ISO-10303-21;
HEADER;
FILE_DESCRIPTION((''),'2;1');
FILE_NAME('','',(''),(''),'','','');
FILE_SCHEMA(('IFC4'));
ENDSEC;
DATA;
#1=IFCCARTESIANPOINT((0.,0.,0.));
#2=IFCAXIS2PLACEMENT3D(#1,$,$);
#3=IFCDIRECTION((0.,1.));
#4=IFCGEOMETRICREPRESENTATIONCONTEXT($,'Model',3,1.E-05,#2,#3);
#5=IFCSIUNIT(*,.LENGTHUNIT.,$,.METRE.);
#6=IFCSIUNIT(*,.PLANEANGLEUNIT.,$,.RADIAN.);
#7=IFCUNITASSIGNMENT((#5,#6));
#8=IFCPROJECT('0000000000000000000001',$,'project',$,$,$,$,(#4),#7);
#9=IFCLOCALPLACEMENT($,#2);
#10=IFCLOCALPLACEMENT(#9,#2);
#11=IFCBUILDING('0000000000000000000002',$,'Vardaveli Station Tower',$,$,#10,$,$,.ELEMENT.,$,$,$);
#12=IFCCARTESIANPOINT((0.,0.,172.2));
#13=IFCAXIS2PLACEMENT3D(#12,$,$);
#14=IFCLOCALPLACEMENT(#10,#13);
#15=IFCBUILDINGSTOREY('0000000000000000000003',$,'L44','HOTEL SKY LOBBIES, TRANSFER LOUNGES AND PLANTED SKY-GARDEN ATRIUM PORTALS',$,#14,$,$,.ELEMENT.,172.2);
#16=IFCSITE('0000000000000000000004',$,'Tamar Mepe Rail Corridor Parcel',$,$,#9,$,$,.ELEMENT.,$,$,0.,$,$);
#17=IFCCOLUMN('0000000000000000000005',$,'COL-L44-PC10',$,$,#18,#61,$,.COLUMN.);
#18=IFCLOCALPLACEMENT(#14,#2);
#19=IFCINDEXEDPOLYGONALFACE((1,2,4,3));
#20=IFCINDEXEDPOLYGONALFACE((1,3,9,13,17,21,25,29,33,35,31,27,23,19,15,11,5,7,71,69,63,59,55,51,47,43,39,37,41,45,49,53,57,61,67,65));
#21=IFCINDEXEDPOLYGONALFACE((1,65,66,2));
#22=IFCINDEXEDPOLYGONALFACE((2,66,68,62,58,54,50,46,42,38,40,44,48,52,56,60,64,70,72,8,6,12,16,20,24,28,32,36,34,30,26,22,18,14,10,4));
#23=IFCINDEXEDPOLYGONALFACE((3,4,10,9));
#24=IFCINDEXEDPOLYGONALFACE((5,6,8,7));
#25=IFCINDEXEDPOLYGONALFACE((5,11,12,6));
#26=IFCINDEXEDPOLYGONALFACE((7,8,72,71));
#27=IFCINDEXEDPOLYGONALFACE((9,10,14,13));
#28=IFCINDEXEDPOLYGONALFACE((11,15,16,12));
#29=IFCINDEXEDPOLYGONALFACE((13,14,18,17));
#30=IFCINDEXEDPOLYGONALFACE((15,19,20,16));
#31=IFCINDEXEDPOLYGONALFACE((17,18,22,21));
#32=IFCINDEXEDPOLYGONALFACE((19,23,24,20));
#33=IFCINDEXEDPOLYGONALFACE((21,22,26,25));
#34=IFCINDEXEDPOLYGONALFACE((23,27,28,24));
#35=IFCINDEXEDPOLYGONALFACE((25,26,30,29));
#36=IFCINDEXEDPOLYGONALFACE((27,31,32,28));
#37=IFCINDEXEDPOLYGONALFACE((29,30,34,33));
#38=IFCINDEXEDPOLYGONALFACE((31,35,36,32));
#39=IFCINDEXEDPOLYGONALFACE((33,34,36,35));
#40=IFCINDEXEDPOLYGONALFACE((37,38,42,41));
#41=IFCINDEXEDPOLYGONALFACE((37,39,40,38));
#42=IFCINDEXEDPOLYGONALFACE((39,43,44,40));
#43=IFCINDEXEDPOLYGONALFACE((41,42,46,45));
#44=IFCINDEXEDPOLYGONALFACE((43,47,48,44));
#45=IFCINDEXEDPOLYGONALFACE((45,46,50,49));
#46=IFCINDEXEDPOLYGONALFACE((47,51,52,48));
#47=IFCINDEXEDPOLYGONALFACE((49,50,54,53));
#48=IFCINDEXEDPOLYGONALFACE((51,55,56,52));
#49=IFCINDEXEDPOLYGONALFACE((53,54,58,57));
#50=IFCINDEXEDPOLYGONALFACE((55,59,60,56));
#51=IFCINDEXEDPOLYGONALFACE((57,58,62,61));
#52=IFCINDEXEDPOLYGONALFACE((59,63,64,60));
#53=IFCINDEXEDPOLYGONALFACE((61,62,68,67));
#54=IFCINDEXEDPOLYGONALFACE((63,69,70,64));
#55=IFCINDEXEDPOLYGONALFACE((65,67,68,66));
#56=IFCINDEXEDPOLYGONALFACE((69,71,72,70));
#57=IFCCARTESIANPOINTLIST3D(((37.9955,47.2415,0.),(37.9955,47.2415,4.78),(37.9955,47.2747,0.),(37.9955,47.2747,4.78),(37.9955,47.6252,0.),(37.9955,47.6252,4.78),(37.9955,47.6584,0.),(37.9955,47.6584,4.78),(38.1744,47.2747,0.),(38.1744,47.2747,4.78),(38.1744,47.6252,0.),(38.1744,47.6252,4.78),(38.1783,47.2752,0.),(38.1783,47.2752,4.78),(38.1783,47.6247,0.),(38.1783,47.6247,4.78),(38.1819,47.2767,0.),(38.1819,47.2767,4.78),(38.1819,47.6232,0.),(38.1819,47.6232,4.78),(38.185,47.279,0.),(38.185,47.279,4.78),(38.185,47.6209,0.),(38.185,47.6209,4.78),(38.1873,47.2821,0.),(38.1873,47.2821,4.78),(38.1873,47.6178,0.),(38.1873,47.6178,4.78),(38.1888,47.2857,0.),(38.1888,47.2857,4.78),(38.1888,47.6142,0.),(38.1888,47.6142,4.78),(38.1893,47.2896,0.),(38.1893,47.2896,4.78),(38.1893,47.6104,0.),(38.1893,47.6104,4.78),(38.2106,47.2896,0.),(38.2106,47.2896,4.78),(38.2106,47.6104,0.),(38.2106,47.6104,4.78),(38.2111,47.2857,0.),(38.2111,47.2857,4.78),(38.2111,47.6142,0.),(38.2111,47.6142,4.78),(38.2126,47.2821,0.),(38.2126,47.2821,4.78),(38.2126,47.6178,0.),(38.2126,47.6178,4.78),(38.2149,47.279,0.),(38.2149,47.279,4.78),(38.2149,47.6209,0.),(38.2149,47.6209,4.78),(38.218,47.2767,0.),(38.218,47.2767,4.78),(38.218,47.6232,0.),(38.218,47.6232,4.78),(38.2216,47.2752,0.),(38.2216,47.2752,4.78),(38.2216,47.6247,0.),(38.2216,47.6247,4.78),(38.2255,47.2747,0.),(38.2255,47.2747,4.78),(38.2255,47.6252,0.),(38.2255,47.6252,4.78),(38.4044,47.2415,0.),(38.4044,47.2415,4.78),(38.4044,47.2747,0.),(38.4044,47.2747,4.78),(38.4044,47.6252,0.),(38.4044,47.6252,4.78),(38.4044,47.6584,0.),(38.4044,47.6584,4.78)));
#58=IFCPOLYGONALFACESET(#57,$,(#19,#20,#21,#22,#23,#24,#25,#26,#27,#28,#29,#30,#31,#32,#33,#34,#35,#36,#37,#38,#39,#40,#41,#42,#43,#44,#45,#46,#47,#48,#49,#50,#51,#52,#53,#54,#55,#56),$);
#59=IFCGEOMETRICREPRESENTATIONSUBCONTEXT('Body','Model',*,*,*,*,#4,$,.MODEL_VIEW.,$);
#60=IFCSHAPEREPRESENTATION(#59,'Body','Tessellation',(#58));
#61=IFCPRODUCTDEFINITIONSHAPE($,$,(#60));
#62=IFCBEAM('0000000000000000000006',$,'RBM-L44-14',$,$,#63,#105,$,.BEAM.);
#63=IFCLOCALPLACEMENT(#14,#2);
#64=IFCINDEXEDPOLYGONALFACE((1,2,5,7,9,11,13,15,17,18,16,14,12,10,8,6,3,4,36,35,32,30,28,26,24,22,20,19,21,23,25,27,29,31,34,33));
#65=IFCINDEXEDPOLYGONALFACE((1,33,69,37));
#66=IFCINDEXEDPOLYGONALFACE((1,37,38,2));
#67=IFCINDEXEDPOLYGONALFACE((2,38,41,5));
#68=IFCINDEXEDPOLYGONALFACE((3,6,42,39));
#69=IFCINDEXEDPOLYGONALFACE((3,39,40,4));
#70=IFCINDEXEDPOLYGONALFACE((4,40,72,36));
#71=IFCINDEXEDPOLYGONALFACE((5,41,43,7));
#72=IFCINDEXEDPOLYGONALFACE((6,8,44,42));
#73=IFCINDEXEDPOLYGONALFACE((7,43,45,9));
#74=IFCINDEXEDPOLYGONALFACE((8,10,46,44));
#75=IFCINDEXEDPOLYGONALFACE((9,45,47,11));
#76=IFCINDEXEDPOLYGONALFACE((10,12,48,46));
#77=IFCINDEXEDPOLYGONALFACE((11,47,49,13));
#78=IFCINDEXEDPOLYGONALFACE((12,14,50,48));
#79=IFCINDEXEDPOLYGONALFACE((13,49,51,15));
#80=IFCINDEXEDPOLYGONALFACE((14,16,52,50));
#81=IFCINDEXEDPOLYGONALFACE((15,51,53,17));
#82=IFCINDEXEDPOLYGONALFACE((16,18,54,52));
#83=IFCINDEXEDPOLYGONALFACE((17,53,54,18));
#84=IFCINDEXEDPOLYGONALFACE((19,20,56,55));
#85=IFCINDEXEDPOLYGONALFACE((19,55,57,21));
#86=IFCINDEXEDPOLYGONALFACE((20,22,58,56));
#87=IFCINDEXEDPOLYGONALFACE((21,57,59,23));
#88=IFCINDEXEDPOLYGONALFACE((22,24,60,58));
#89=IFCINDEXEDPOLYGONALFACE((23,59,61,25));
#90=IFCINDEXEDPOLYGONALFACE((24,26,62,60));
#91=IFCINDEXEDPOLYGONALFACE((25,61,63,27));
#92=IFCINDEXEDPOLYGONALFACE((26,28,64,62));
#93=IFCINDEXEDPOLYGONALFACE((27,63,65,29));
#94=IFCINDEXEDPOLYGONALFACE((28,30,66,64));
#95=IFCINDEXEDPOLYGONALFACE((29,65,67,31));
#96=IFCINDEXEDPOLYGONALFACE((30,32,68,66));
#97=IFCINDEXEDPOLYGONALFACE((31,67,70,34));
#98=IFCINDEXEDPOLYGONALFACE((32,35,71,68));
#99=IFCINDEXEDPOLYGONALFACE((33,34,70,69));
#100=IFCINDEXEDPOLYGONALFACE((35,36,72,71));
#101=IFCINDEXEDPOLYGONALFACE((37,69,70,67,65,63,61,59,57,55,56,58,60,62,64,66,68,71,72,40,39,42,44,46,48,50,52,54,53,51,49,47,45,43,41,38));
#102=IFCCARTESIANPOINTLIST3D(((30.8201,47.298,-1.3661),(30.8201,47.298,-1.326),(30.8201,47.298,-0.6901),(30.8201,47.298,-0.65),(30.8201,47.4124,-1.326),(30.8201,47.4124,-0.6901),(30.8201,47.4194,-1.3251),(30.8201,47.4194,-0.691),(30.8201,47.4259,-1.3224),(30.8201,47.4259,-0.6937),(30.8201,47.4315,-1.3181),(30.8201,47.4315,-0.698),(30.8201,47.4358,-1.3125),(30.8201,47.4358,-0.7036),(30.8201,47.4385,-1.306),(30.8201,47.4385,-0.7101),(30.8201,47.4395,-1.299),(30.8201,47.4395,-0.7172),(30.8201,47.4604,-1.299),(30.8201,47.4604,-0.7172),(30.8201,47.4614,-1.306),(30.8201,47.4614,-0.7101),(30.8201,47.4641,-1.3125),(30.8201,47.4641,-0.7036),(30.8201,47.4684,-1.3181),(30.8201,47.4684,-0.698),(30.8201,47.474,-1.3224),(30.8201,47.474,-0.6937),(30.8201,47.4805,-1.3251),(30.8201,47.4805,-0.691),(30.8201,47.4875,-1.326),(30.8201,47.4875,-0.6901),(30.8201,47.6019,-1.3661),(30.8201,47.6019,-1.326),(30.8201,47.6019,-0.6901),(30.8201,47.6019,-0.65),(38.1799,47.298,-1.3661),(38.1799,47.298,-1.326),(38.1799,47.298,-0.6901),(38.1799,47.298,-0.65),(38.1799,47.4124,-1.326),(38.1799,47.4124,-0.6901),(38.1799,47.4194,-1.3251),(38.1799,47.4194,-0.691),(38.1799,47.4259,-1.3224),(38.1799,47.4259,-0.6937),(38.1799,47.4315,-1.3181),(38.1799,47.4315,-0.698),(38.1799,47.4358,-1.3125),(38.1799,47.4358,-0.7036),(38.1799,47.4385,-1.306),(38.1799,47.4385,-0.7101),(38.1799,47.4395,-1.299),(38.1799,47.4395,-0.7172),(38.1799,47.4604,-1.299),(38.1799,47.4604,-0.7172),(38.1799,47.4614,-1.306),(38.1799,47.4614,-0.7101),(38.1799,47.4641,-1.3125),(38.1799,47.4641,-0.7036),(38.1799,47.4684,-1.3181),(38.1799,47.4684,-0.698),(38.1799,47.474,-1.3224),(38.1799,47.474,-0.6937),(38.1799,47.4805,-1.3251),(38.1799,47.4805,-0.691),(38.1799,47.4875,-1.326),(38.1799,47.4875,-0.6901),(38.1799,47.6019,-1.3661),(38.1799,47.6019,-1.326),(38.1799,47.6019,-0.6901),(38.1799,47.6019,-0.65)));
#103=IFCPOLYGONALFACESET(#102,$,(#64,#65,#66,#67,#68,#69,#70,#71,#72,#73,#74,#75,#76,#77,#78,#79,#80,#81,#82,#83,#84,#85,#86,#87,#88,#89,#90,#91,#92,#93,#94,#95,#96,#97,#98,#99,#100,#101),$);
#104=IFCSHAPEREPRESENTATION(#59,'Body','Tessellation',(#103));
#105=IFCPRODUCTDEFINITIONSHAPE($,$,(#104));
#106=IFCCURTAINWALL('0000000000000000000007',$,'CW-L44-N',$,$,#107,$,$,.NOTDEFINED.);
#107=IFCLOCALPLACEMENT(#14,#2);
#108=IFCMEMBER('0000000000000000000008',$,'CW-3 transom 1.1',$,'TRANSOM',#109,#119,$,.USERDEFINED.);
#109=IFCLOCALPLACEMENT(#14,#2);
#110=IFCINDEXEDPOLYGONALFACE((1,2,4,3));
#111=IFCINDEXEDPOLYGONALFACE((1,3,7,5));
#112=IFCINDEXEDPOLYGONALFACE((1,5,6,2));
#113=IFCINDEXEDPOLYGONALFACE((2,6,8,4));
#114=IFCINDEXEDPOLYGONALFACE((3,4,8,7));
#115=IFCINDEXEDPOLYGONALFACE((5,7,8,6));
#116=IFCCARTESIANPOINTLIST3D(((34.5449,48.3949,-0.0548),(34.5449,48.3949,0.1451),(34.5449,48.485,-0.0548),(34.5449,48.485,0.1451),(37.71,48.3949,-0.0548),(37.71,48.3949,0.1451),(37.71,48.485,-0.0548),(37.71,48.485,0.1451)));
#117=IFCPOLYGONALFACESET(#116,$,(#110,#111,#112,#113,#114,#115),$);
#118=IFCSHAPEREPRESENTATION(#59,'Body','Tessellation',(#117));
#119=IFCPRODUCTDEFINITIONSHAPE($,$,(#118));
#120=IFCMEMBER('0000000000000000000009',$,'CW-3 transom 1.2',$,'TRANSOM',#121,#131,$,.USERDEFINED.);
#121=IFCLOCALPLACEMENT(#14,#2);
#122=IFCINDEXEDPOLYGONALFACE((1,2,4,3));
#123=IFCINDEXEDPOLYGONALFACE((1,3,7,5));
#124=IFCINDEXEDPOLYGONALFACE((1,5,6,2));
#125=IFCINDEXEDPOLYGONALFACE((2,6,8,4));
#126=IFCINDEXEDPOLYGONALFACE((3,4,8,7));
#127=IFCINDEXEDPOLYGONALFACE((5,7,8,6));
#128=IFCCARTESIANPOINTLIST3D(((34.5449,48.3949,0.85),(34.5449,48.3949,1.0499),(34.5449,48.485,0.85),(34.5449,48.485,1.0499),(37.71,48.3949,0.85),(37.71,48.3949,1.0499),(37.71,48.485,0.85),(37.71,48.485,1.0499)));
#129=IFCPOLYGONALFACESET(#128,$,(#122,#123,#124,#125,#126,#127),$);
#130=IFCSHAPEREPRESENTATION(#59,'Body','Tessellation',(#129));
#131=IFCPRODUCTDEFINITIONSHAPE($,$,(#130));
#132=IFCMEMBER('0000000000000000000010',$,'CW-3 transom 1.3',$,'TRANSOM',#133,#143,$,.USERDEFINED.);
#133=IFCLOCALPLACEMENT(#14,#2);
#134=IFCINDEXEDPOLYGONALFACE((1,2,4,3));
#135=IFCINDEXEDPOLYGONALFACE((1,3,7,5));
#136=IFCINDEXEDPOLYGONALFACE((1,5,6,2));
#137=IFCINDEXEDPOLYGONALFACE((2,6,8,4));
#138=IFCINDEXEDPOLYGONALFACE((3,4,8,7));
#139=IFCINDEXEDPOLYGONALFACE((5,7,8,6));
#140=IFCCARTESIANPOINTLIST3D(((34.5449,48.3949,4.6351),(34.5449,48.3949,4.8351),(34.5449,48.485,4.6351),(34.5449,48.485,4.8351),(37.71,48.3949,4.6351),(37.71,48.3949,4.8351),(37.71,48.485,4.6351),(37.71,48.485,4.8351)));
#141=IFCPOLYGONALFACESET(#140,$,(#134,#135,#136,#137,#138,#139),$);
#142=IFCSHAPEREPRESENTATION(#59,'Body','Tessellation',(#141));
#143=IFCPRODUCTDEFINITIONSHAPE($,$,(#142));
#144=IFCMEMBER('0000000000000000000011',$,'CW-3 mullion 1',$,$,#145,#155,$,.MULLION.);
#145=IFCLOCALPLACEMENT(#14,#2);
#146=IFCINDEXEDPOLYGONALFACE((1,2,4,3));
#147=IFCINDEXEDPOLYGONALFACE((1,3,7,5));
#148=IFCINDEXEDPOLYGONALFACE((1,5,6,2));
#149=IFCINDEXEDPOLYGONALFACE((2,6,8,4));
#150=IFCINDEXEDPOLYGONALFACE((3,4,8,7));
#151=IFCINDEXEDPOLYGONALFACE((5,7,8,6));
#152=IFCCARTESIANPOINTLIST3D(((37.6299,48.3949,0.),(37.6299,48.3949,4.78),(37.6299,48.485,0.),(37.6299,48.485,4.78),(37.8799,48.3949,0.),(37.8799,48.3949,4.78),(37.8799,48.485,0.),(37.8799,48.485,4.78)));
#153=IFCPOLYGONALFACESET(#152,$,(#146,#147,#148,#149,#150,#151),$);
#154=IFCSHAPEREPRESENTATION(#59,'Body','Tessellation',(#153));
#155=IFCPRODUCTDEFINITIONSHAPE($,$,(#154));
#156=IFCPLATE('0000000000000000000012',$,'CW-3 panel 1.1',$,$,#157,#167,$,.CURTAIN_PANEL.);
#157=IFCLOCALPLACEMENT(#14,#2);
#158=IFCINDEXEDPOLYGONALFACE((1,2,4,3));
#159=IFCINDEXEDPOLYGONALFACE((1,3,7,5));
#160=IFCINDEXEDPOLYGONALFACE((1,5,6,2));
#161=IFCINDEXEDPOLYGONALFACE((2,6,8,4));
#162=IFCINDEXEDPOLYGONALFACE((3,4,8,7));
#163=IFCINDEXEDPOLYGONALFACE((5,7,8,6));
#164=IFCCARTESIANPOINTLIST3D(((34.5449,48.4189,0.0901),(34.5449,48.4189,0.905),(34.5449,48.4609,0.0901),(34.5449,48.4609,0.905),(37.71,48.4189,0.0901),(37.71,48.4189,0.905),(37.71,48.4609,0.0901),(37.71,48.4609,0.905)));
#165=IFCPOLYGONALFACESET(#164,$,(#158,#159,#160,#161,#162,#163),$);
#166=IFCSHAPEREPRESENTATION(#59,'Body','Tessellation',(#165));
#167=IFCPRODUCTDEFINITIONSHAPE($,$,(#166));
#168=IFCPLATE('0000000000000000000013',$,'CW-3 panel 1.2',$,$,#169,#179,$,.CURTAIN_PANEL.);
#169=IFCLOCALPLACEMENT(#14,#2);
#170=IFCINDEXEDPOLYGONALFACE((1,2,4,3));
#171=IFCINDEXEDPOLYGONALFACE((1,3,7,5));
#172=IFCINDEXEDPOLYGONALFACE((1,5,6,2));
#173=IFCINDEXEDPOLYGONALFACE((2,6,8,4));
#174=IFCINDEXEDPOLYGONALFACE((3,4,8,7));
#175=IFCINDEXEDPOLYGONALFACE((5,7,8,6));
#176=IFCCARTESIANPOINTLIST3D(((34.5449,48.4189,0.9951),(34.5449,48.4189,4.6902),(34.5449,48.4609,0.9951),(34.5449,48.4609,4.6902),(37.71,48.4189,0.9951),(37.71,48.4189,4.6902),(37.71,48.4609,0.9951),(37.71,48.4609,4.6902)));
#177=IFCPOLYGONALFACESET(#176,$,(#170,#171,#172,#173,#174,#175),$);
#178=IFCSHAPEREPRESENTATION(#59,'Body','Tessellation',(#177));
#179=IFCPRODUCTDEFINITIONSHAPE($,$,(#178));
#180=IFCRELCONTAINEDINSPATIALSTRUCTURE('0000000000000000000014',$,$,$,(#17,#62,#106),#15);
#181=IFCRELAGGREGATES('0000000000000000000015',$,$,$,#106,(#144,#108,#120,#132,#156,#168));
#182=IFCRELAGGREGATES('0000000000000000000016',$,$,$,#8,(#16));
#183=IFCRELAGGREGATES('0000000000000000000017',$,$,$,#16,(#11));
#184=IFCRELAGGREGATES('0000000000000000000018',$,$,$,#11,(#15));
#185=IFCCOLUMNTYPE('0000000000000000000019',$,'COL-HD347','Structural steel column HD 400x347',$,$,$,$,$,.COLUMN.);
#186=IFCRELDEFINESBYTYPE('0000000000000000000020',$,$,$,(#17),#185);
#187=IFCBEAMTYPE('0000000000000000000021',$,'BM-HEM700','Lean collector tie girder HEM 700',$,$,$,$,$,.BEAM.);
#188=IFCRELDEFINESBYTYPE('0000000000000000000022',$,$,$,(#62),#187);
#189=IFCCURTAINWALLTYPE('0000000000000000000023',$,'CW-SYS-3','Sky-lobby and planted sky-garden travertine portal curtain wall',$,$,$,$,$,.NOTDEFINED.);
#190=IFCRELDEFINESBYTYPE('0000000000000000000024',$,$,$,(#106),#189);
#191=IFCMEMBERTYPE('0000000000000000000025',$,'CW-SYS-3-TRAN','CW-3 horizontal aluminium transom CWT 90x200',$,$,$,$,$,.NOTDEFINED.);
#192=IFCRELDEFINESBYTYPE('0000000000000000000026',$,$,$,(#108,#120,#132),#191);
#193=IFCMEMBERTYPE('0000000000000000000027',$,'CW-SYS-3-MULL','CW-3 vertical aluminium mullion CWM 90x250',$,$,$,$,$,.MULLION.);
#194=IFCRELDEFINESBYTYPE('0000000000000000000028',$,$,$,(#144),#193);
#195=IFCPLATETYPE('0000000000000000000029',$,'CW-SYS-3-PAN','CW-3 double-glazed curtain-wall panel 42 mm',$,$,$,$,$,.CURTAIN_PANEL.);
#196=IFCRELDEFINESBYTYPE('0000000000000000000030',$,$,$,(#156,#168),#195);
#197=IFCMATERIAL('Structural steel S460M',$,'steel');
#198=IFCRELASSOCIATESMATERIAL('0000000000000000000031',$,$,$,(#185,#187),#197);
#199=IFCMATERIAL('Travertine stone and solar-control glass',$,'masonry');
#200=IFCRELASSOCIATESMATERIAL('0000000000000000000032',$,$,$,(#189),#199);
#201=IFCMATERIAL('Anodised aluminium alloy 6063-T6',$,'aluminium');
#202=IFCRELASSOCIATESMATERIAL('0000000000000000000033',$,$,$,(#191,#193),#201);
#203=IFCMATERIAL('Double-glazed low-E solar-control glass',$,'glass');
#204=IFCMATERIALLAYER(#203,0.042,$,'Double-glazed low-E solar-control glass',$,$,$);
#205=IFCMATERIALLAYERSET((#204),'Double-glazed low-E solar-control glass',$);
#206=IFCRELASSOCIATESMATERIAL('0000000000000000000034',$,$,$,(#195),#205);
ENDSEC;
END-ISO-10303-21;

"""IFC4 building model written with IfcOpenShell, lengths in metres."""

from ifc_helpers import new_model, si_unit, direction, frame, origin, origin_2d, place, context, subcontext, project, spatial, rectangle, i_section, extrude, source, transform, mapped, material, layer, layer_set, material_profile, profile_set, type_object, element, aggregate, save


model = new_model("IFC4")

# Units and contexts
model_context = context("Model", 3, precision=1e-05, world=origin(), true_north=direction((0.0, 1.0)))
body_context = subcontext(model_context, "Body", "Model", "MODEL_VIEW")
ifc_project = project(units=[si_unit("LENGTHUNIT", "METRE"), si_unit("PLANEANGLEUNIT", "RADIAN")], contexts=[model_context])

# Site, building, storey
site_placement = place(None, origin())
site = spatial("IfcSite", under=ifc_project, at=site_placement, Name="Tamar Mepe Rail Corridor Parcel", CompositionType="ELEMENT", RefElevation=0.0)
building_placement = place(site_placement, origin())
building = spatial("IfcBuilding", under=site, at=building_placement, Name="Vardaveli Station Tower", CompositionType="ELEMENT")
storey_placement = place(building_placement, frame((0.0, 0.0, 172.2)))
storey = spatial("IfcBuildingStorey", under=building, at=storey_placement, Name="L44", Description="HOTEL SKY LOBBIES, TRANSFER LOUNGES AND PLANTED SKY-GARDEN ATRIUM PORTALS", CompositionType="ELEMENT", Elevation=172.2)

# Column
ifc_material_1 = material(Name="Structural steel S460M", Category="steel")
ifc_material_profile_1 = material_profile(ifc_material_1, i_section(OverallWidth=0.4089, OverallDepth=0.417, WebThickness=0.0212, FlangeThickness=0.0332, FilletRadius=0.0149, at=origin_2d()), Name="HD 400x347")
ifc_profile_set_1 = profile_set([ifc_material_profile_1], Name="Structural steel S460M")
column_type = type_object("IfcColumnType", Name="COL-HD347", Description="Structural steel column HD 400x347", PredefinedType="COLUMN", material=ifc_profile_set_1)
shared_shape_1 = source(origin(), body_context, "Body", "SweptSolid", [
    extrude(i_section(OverallWidth=0.4089, OverallDepth=0.417, WebThickness=0.0212, FlangeThickness=0.0332, FilletRadius=0.0149, at=origin_2d()), origin(), (0.0, 0.0, 1.0), 4.78),
])
column_placement = place(storey_placement, frame((38.2, 47.45, 0.0), z_axis=(0.0, 0.0, 1.0), x_axis=(1.0, 0.0, 0.0)))
element("IfcColumn", 1, at=column_placement, inside=storey, type_object=column_type, Name="COL-L44-PC10", PredefinedType="COLUMN", context=body_context, shape_type="MappedRepresentation", body=[
    mapped(shared_shape_1, transform((0.0, 0.0, 0.0), scale=1.0)),
])

# Beam
ifc_material_profile_2 = material_profile(ifc_material_1, i_section(OverallWidth=0.304, OverallDepth=0.7161, WebThickness=0.021, FlangeThickness=0.04, FilletRadius=0.0271, at=origin_2d()), Name="HEM 700")
ifc_profile_set_2 = profile_set([ifc_material_profile_2], Name="Structural steel S460M")
beam_type = type_object("IfcBeamType", Name="BM-HEM700", Description="Lean collector tie girder HEM 700", PredefinedType="BEAM", material=ifc_profile_set_2)
shared_shape_2 = source(origin(), body_context, "Body", "SweptSolid", [
    extrude(i_section(OverallWidth=0.304, OverallDepth=0.7161, WebThickness=0.021, FlangeThickness=0.04, FilletRadius=0.0271, at=origin_2d()), origin(), (0.0, 0.0, 1.0), 7.3599),
])
beam_placement = place(storey_placement, frame((38.1799, 47.45, -1.0081), z_axis=(-1.0, 0.0, 0.0), x_axis=(0.0, -1.0, 0.0)))
element("IfcBeam", 2, at=beam_placement, inside=storey, type_object=beam_type, Name="RBM-L44-14", PredefinedType="BEAM", context=body_context, shape_type="MappedRepresentation", body=[
    mapped(shared_shape_2, transform((0.0, 0.0, 0.0), scale=1.0)),
])

# Curtain wall, members, plates
ifc_material_2 = material(Name="Travertine stone and solar-control glass", Category="masonry")
curtain_wall_type = type_object("IfcCurtainWallType", Name="CW-SYS-3", Description="Sky-lobby and planted sky-garden travertine portal curtain wall", PredefinedType="NOTDEFINED", material=ifc_material_2)
curtain_wall_placement = place(storey_placement, origin())
curtain_wall = element("IfcCurtainWall", 3, at=curtain_wall_placement, inside=storey, type_object=curtain_wall_type, Name="CW-L44-N", PredefinedType="NOTDEFINED")
ifc_material_3 = material(Name="Anodised aluminium alloy 6063-T6", Category="aluminium")
ifc_material_profile_3 = material_profile(ifc_material_3, rectangle(XDim=0.0901, YDim=0.2, at=origin_2d()), Name="CWT 90x200")
ifc_profile_set_3 = profile_set([ifc_material_profile_3], Name="Anodised aluminium alloy 6063-T6")
member_type_1 = type_object("IfcMemberType", Name="CW-SYS-3-TRAN", Description="CW-3 horizontal aluminium transom CWT 90x200", PredefinedType="NOTDEFINED", material=ifc_profile_set_3)
shared_shape_3 = source(origin(), body_context, "Body", "SweptSolid", [
    extrude(rectangle(XDim=0.0901, YDim=0.2, at=origin_2d()), origin(), (0.0, 0.0, 1.0), 3.165),
])
member_1_placement = place(storey_placement, frame((37.71, 48.4399, 0.0452), z_axis=(-1.0, 0.0, 0.0), x_axis=(0.0, -1.0, 0.0)))
member_1 = element("IfcMember", 4, at=member_1_placement, type_object=member_type_1, Name="CW-3 transom 1.1", ObjectType="TRANSOM", PredefinedType="USERDEFINED", context=body_context, shape_type="MappedRepresentation", body=[
    mapped(shared_shape_3, transform((0.0, 0.0, 0.0), scale=1.0)),
])
member_2_placement = place(storey_placement, frame((37.71, 48.4399, 0.95), z_axis=(-1.0, 0.0, 0.0), x_axis=(0.0, -1.0, 0.0)))
member_2 = element("IfcMember", 5, at=member_2_placement, type_object=member_type_1, Name="CW-3 transom 1.2", ObjectType="TRANSOM", PredefinedType="USERDEFINED", context=body_context, shape_type="MappedRepresentation", body=[
    mapped(shared_shape_3, transform((0.0, 0.0, 0.0), scale=1.0)),
])
member_3_placement = place(storey_placement, frame((37.71, 48.4399, 4.7351), z_axis=(-1.0, 0.0, 0.0), x_axis=(0.0, -1.0, 0.0)))
member_3 = element("IfcMember", 6, at=member_3_placement, type_object=member_type_1, Name="CW-3 transom 1.3", ObjectType="TRANSOM", PredefinedType="USERDEFINED", context=body_context, shape_type="MappedRepresentation", body=[
    mapped(shared_shape_3, transform((0.0, 0.0, 0.0), scale=1.0)),
])
ifc_material_profile_4 = material_profile(ifc_material_3, rectangle(XDim=0.0901, YDim=0.25, at=origin_2d()), Name="CWM 90x250")
ifc_profile_set_4 = profile_set([ifc_material_profile_4], Name="Anodised aluminium alloy 6063-T6")
member_type_2 = type_object("IfcMemberType", Name="CW-SYS-3-MULL", Description="CW-3 vertical aluminium mullion CWM 90x250", PredefinedType="MULLION", material=ifc_profile_set_4)
shared_shape_4 = source(origin(), body_context, "Body", "SweptSolid", [
    extrude(rectangle(XDim=0.0901, YDim=0.25, at=origin_2d()), origin(), (0.0, 0.0, 1.0), 4.78),
])
member_4_placement = place(storey_placement, frame((37.7549, 48.4399, 0.0), z_axis=(0.0, 0.0, 1.0), x_axis=(0.0, -1.0, 0.0)))
member_4 = element("IfcMember", 7, at=member_4_placement, type_object=member_type_2, Name="CW-3 mullion 1", PredefinedType="MULLION", context=body_context, shape_type="MappedRepresentation", body=[
    mapped(shared_shape_4, transform((0.0, 0.0, 0.0), scale=1.0)),
])
ifc_material_4 = material(Name="Double-glazed low-E solar-control glass", Category="glass")
ifc_layer_1 = layer(ifc_material_4, 0.042, Name="Double-glazed low-E solar-control glass")
ifc_layer_set_1 = layer_set([ifc_layer_1], Name="Double-glazed low-E solar-control glass")
plate_type = type_object("IfcPlateType", Name="CW-SYS-3-PAN", Description="CW-3 double-glazed curtain-wall panel 42 mm", PredefinedType="CURTAIN_PANEL", material=ifc_layer_set_1)
shared_shape_5 = source(origin(), body_context, "Body", "SweptSolid", [
    extrude(rectangle(XDim=3.165, YDim=0.042, at=origin_2d()), origin(), (0.0, 0.0, 1.0), 0.8149),
])
plate_1_placement = place(storey_placement, frame((36.1274, 48.4399, 0.0901), z_axis=(0.0, 0.0, 1.0), x_axis=(-1.0, 0.0, 0.0)))
plate_1 = element("IfcPlate", 8, at=plate_1_placement, type_object=plate_type, Name="CW-3 panel 1.1", PredefinedType="CURTAIN_PANEL", context=body_context, shape_type="MappedRepresentation", body=[
    mapped(shared_shape_5, transform((0.0, 0.0, 0.0), scale=1.0)),
])
shared_shape_6 = source(origin(), body_context, "Body", "SweptSolid", [
    extrude(rectangle(XDim=3.165, YDim=0.042, at=origin_2d()), origin(), (0.0, 0.0, 1.0), 3.6951),
])
plate_2_placement = place(storey_placement, frame((36.1274, 48.4399, 0.9951), z_axis=(0.0, 0.0, 1.0), x_axis=(-1.0, 0.0, 0.0)))
plate_2 = element("IfcPlate", 9, at=plate_2_placement, type_object=plate_type, Name="CW-3 panel 1.2", PredefinedType="CURTAIN_PANEL", context=body_context, shape_type="MappedRepresentation", body=[
    mapped(shared_shape_6, transform((0.0, 0.0, 0.0), scale=1.0)),
])
aggregate(curtain_wall, [member_4, member_1, member_2, member_3, plate_1, plate_2])

save(model, "model.ifc")
